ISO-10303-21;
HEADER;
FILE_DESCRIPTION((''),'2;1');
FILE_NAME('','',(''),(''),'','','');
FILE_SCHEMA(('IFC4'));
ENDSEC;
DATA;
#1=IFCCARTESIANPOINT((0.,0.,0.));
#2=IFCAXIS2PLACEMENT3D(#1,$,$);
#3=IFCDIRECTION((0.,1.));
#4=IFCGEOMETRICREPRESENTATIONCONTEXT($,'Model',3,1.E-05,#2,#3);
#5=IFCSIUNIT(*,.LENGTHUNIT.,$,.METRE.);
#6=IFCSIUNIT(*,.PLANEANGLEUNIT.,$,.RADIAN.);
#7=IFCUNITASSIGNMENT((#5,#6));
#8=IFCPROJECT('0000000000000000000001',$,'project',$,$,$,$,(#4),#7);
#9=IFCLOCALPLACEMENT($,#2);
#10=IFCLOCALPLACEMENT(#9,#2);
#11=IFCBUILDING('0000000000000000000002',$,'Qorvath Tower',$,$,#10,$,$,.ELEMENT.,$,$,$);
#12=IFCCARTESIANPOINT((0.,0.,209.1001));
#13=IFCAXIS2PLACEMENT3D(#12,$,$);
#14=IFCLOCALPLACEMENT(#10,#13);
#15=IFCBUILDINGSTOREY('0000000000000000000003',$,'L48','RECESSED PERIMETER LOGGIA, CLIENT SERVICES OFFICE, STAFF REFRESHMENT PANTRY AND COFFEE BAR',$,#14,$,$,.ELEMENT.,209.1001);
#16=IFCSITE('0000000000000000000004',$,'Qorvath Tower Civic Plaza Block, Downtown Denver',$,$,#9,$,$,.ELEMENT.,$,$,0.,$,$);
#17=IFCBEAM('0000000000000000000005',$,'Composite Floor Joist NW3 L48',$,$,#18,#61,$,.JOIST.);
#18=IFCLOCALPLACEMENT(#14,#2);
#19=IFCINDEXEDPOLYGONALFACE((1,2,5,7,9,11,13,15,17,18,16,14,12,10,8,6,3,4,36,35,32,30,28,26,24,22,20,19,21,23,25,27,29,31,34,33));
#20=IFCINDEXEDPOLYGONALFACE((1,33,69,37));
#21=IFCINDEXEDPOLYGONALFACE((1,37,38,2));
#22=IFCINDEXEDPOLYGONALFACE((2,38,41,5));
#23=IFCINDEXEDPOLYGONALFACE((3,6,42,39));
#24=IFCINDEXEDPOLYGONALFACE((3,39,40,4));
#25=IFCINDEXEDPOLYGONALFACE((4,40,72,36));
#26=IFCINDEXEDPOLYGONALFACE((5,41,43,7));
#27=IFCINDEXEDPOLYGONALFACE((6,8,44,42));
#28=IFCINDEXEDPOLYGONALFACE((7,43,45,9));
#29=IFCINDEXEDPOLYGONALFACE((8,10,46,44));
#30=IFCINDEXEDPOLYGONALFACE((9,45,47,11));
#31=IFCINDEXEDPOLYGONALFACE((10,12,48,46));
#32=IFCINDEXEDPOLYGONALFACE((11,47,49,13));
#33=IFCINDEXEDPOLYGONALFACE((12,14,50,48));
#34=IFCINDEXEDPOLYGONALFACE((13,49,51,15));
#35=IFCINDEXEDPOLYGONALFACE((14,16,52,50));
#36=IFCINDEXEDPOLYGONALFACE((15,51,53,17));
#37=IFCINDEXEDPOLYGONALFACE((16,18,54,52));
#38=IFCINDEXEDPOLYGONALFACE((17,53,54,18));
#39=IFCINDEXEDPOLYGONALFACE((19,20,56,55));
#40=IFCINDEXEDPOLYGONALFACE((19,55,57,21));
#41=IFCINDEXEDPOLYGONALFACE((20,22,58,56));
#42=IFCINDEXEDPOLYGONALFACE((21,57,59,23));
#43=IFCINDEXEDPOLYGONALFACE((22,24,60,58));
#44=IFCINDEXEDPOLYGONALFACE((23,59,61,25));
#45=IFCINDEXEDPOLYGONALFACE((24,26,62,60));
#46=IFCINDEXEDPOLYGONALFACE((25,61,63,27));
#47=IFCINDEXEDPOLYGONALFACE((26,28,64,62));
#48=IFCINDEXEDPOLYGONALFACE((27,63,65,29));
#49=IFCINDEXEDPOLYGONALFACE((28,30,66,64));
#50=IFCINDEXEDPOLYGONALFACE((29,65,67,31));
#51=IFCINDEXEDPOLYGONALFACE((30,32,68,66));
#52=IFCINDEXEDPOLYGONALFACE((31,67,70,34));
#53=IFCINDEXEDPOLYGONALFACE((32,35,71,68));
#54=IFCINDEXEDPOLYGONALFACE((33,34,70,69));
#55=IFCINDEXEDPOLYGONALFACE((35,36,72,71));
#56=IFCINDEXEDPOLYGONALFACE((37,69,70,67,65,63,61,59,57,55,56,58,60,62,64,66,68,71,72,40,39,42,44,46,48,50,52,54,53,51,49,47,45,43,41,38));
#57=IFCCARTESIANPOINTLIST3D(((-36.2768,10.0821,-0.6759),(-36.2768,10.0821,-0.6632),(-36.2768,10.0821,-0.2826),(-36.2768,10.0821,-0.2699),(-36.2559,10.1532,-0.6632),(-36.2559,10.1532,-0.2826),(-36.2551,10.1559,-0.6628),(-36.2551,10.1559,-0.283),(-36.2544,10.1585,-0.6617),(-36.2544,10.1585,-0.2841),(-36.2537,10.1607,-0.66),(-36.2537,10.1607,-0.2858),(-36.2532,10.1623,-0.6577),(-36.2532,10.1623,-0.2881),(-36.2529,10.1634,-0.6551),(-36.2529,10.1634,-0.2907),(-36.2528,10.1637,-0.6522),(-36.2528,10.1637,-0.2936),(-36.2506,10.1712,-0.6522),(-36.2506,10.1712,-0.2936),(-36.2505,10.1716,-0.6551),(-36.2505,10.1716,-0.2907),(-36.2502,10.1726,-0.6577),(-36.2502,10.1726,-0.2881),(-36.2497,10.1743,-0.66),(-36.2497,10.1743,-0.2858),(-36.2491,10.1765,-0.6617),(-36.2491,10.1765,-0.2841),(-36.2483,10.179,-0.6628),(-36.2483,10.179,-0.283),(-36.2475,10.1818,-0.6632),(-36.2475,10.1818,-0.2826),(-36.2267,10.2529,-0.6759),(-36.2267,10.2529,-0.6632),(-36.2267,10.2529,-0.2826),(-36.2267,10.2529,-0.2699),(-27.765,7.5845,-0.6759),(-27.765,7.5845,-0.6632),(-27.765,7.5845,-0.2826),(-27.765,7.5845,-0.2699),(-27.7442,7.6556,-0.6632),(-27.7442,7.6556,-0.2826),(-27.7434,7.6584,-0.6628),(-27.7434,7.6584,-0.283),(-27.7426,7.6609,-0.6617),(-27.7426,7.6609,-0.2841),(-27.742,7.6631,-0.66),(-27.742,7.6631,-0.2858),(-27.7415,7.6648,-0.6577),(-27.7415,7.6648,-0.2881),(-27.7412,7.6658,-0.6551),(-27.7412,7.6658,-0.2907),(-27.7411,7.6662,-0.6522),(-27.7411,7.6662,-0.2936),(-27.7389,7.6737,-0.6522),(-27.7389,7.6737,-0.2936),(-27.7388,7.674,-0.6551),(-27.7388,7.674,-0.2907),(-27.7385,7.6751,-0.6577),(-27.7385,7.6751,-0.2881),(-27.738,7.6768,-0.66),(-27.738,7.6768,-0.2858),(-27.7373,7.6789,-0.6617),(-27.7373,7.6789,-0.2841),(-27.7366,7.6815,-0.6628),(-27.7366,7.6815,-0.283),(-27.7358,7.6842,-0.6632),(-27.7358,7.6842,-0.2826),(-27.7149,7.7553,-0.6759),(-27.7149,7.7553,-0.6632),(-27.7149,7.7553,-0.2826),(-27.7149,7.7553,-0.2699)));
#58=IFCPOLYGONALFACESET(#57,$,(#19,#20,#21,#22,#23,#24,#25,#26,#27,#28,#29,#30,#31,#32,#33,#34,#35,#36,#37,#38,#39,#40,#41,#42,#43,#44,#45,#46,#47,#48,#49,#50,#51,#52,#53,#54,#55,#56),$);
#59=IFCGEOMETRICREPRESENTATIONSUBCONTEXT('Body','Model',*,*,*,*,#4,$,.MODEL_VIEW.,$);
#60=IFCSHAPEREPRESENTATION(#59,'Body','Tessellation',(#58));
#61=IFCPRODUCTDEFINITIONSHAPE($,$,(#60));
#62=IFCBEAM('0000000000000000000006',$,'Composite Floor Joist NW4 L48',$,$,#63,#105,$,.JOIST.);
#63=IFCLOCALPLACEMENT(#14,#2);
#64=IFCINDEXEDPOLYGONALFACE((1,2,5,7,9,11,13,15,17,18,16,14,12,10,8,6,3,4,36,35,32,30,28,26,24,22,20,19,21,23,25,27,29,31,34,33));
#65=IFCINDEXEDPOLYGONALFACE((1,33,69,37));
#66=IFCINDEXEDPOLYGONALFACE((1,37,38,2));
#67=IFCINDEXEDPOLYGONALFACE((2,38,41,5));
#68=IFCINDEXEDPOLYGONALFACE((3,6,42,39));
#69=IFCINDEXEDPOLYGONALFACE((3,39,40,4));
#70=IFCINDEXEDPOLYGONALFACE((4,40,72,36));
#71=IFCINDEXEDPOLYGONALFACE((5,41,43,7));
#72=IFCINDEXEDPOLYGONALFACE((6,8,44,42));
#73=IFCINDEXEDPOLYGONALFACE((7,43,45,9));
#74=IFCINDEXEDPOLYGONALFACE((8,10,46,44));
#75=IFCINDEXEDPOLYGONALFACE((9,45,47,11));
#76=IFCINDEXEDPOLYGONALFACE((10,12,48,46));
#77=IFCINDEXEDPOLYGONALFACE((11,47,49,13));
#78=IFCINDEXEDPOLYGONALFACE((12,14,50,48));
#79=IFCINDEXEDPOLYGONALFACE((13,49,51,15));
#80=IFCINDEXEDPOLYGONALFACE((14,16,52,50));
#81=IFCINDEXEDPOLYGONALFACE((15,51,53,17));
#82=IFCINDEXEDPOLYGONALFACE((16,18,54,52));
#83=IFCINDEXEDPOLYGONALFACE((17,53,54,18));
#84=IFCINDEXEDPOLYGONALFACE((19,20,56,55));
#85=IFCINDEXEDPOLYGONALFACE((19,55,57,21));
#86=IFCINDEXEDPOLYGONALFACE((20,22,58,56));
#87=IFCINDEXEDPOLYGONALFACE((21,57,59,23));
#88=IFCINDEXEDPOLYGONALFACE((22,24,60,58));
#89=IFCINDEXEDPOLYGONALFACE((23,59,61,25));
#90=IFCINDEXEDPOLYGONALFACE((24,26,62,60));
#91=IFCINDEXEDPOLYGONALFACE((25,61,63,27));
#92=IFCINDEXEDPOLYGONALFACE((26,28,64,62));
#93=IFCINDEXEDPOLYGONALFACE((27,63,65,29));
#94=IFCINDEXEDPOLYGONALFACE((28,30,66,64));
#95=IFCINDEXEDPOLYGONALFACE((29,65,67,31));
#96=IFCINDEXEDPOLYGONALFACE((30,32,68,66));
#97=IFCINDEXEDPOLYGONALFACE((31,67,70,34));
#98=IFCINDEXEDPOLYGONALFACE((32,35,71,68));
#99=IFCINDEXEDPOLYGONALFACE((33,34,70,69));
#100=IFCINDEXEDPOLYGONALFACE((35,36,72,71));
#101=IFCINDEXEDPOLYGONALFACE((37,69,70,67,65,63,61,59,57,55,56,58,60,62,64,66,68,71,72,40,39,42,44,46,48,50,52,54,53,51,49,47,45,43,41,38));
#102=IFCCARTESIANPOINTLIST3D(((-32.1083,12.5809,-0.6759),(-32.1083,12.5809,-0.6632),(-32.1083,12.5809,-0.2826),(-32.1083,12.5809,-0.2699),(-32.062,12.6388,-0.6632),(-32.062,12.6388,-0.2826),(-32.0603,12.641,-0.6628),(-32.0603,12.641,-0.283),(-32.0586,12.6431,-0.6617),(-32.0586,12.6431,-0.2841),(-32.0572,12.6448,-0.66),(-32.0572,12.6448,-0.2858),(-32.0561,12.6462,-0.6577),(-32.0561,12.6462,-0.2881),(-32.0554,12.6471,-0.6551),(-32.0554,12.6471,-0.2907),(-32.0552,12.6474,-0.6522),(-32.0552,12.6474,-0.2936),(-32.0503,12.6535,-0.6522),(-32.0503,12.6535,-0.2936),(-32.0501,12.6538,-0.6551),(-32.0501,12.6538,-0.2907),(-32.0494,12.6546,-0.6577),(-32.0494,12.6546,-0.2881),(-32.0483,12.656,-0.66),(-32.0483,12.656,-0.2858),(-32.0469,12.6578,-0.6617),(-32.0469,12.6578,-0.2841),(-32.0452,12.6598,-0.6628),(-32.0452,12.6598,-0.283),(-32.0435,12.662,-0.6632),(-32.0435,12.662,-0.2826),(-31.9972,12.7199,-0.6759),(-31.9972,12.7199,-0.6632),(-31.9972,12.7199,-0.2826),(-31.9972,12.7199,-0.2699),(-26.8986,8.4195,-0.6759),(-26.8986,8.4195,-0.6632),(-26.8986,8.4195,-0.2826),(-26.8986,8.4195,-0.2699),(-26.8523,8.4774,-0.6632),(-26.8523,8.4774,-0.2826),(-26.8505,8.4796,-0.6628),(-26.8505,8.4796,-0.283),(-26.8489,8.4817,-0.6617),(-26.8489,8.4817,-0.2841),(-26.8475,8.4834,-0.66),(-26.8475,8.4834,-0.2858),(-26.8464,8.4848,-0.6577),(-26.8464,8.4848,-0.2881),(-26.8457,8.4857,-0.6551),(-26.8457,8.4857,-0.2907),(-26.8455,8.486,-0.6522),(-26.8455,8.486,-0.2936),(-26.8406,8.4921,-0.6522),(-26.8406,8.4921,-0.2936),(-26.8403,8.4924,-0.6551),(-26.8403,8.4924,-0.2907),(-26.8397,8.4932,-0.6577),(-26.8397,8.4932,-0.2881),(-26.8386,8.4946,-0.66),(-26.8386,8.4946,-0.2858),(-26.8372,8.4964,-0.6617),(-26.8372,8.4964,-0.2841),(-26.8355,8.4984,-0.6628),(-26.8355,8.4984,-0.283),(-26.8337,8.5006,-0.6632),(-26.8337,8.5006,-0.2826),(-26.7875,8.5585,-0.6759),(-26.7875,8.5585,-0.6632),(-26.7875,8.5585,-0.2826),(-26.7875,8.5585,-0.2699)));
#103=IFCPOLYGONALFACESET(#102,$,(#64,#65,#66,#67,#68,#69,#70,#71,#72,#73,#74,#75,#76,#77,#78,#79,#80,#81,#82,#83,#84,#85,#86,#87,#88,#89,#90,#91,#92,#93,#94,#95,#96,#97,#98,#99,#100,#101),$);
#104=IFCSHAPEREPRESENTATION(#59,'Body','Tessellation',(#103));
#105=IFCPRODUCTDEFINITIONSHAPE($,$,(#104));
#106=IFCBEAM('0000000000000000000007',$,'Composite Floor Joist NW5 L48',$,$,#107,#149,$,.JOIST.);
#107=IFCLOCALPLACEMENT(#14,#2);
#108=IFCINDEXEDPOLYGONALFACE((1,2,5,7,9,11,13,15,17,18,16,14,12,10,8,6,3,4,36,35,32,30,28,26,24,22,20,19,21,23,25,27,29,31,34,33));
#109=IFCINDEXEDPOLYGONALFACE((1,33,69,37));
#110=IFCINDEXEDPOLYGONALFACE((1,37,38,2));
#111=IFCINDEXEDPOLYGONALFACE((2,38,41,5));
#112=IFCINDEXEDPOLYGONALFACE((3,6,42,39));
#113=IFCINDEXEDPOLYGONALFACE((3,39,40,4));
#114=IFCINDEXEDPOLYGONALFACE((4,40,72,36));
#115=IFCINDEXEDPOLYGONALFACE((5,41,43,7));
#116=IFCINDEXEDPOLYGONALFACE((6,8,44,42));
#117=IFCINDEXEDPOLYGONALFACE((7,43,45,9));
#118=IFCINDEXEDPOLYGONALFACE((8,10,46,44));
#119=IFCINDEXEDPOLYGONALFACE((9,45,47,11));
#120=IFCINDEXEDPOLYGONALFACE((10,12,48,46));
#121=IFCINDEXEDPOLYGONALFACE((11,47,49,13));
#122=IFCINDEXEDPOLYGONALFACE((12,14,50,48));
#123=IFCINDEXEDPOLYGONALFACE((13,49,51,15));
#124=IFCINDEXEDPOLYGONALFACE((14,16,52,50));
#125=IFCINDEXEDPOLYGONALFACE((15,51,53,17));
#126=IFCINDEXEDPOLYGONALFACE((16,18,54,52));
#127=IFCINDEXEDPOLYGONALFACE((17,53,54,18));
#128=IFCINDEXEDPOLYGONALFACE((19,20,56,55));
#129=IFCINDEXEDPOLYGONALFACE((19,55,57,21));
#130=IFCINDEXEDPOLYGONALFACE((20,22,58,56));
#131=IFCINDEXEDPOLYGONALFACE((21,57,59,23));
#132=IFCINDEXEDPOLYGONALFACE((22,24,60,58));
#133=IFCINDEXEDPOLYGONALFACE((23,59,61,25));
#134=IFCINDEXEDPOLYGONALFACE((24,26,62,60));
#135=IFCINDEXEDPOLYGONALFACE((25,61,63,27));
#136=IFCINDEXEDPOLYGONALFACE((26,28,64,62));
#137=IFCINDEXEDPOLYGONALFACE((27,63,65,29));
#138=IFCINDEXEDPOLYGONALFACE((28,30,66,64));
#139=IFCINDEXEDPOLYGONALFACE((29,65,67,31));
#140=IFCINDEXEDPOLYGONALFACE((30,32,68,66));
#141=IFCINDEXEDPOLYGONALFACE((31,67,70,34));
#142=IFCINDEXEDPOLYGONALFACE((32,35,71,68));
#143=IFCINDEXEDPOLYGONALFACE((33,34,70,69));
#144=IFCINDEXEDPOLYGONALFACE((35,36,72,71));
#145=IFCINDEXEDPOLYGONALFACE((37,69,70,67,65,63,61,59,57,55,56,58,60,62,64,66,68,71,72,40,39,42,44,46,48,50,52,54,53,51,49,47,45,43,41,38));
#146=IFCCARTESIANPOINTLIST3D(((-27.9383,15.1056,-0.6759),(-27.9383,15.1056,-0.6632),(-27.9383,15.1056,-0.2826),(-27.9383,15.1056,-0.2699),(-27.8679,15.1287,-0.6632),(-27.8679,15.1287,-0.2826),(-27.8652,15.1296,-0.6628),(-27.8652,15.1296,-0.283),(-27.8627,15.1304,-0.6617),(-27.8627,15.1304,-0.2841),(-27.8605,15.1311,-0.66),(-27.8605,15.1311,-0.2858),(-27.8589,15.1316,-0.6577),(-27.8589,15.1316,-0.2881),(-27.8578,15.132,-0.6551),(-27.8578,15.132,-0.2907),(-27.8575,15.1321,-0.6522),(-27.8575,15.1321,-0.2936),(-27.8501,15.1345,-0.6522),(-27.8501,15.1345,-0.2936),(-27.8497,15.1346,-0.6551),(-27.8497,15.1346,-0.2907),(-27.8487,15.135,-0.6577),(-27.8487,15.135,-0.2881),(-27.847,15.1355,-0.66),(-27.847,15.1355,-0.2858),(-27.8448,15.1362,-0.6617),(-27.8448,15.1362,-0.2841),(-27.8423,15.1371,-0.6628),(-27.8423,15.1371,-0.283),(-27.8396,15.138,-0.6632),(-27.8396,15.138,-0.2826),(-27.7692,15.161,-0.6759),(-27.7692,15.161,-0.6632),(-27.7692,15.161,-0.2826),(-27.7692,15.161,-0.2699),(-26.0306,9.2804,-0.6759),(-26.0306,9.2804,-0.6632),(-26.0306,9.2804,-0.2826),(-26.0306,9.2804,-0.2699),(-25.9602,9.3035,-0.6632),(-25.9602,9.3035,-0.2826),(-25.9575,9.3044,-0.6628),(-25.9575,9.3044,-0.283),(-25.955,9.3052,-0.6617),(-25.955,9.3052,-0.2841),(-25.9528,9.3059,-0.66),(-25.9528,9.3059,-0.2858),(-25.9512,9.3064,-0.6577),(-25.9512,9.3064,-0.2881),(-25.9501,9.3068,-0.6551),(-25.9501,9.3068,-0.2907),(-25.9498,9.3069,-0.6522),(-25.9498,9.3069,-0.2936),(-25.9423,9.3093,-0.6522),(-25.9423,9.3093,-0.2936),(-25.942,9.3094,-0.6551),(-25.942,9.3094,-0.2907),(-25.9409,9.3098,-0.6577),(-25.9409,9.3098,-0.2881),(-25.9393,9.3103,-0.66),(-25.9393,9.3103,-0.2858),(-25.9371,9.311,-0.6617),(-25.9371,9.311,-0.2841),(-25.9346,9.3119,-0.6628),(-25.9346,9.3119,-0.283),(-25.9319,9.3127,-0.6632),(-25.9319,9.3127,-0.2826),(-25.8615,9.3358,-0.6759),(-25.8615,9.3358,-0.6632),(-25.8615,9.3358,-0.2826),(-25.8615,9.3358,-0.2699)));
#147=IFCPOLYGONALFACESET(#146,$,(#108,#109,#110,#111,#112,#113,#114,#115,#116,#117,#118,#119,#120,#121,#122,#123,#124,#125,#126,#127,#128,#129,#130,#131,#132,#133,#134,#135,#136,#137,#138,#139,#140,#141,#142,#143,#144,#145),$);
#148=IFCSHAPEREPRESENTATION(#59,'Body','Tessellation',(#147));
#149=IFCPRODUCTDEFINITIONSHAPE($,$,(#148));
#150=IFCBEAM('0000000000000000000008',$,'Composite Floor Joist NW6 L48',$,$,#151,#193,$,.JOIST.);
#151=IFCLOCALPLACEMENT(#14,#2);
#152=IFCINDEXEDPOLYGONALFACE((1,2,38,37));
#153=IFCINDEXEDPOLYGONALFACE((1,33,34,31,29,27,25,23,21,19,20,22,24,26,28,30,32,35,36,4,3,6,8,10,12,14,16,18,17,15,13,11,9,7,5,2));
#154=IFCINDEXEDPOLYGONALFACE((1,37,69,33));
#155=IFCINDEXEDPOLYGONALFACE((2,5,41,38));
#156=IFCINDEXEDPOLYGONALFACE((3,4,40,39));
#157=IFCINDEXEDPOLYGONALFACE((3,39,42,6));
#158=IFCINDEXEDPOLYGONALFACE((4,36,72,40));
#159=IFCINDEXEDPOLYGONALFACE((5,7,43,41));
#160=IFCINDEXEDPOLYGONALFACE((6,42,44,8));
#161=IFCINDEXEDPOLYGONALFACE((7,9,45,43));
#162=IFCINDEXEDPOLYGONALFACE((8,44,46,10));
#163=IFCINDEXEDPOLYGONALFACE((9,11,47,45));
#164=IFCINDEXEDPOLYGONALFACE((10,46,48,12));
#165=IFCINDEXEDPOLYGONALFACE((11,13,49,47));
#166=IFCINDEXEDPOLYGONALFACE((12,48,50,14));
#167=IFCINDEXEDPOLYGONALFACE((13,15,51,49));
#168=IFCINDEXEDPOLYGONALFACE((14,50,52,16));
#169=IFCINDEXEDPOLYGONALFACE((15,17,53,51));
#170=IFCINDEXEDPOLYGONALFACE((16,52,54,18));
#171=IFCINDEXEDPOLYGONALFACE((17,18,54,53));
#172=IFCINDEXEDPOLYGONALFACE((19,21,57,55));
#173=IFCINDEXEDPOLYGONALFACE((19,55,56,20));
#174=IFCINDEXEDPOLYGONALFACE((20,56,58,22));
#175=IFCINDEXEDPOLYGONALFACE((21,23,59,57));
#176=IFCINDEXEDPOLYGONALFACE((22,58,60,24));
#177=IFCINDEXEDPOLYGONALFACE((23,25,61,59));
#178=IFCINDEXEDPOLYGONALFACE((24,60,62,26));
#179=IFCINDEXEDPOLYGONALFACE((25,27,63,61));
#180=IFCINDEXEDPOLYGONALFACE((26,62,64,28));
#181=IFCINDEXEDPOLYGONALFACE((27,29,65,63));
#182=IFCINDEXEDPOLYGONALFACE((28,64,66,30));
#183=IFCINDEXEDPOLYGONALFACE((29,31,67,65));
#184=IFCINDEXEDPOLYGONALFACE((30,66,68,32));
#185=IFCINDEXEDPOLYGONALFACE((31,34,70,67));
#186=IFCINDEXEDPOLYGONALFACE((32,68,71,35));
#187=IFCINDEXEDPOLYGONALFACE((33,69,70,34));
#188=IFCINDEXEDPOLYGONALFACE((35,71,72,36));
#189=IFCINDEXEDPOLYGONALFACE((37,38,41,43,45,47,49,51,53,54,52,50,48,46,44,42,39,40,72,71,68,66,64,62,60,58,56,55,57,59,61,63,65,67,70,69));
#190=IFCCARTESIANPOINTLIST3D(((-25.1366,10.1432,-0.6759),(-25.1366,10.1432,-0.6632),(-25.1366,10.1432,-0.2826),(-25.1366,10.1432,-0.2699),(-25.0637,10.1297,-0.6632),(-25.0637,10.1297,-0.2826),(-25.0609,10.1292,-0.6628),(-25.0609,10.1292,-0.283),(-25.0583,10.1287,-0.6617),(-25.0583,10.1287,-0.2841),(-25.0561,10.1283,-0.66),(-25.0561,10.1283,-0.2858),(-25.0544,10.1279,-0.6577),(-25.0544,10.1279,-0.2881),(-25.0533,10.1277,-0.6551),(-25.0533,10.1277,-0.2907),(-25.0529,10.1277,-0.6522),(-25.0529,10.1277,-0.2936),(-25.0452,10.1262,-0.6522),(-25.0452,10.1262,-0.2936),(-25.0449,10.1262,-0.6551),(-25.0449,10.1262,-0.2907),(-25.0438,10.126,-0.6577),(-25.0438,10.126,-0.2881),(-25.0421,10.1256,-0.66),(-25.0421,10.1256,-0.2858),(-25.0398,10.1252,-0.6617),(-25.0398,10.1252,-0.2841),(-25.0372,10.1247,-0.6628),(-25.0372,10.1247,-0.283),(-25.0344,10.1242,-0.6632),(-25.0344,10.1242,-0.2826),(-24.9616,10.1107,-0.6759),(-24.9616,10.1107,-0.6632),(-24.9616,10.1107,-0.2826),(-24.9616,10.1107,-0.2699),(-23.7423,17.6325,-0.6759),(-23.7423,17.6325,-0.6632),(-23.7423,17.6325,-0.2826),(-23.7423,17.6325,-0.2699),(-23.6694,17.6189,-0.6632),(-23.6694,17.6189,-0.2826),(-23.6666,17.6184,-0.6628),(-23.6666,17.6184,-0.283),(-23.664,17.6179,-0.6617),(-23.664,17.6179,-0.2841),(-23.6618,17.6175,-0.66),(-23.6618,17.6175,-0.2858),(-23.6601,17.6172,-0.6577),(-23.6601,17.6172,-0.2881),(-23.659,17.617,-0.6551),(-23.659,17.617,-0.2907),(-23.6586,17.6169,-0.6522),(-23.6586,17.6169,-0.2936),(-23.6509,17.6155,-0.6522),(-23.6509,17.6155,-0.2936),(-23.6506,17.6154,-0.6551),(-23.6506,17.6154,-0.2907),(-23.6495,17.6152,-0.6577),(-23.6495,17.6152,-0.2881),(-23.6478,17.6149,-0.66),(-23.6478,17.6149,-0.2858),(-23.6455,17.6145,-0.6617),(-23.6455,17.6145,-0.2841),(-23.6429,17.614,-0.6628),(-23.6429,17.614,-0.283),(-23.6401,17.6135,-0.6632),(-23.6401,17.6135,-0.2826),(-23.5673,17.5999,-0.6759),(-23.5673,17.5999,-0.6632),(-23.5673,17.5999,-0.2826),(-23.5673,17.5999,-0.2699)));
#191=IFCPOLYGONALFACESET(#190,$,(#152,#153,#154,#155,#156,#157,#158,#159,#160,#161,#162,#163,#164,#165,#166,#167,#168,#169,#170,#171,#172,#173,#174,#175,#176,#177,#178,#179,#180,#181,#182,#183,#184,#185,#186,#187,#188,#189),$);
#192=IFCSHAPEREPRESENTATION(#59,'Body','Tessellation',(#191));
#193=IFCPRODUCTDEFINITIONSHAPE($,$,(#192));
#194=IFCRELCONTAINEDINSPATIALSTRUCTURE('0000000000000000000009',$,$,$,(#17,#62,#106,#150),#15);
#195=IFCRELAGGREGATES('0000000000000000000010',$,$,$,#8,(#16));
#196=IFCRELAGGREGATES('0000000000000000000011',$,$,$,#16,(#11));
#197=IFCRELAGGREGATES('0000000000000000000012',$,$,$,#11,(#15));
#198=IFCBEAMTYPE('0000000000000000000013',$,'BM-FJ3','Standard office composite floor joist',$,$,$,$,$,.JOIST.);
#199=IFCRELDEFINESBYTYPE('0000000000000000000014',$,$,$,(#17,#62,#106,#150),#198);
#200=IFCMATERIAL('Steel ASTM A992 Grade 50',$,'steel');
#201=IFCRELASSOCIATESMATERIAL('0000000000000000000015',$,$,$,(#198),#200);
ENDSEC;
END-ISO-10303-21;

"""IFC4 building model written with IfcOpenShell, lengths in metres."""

from ifc_helpers import new_model, si_unit, direction, frame, origin, origin_2d, place, context, subcontext, project, spatial, i_section, extrude, material, material_profile, profile_set, type_object, element, save


model = new_model("IFC4")

# Units and contexts
model_context = context("Model", 3, precision=1e-05, world=origin(), true_north=direction((0.0, 1.0)))
body_context = subcontext(model_context, "Body", "Model", "MODEL_VIEW")
ifc_project = project(units=[si_unit("LENGTHUNIT", "METRE"), si_unit("PLANEANGLEUNIT", "RADIAN")], contexts=[model_context])

# Site, building, storey
site_placement = place(None, origin())
site = spatial("IfcSite", under=ifc_project, at=site_placement, Name="Qorvath Tower Civic Plaza Block, Downtown Denver", CompositionType="ELEMENT", RefElevation=0.0)
building_placement = place(site_placement, origin())
building = spatial("IfcBuilding", under=site, at=building_placement, Name="Qorvath Tower", CompositionType="ELEMENT")
storey_placement = place(building_placement, frame((0.0, 0.0, 209.1001)))
storey = spatial("IfcBuildingStorey", under=building, at=storey_placement, Name="L48", Description="RECESSED PERIMETER LOGGIA, CLIENT SERVICES OFFICE, STAFF REFRESHMENT PANTRY AND COFFEE BAR", CompositionType="ELEMENT", Elevation=209.1001)

# Beams
ifc_material_1 = material(Name="Steel ASTM A992 Grade 50", Category="steel")
ifc_material_profile_1 = material_profile(ifc_material_1, i_section(OverallWidth=0.178, OverallDepth=0.406, WebThickness=0.0078, FlangeThickness=0.0127, FilletRadius=0.011, at=origin_2d()), Name="W16x40")
ifc_profile_set_1 = profile_set([ifc_material_profile_1], Name="Steel ASTM A992 Grade 50")
beam_type_1 = type_object("IfcBeamType", Name="BM-FJ3", Description="Standard office composite floor joist", PredefinedType="JOIST", material=ifc_profile_set_1)
beam_1_placement = place(storey_placement, frame((-27.74, 7.6699, -0.4729), z_axis=(-0.959545, 0.281555, 0.0), x_axis=(-0.281555, -0.959545, 0.0)))
element("IfcBeam", 1, at=beam_1_placement, inside=storey, type_object=beam_type_1, Name="Composite Floor Joist NW3 L48", PredefinedType="JOIST", context=body_context, shape_type="SweptSolid", body=[
    extrude(i_section(OverallWidth=0.178, OverallDepth=0.406, WebThickness=0.0078, FlangeThickness=0.0127, FilletRadius=0.011, at=origin_2d()), origin(), (0.0, 0.0, 1.0), 8.8706),
])
beam_2_placement = place(storey_placement, frame((-26.843, 8.489, -0.4729), z_axis=(-0.781337, 0.62411, 0.0), x_axis=(-0.62411, -0.781337, 0.0)))
element("IfcBeam", 2, at=beam_2_placement, inside=storey, type_object=beam_type_1, Name="Composite Floor Joist NW4 L48", PredefinedType="JOIST", context=body_context, shape_type="SweptSolid", body=[
    extrude(i_section(OverallWidth=0.178, OverallDepth=0.406, WebThickness=0.0078, FlangeThickness=0.0127, FilletRadius=0.011, at=origin_2d()), origin(), (0.0, 0.0, 1.0), 6.6677),
])
beam_3_placement = place(storey_placement, frame((-25.946, 9.3081, -0.4729), z_axis=(-0.311229, 0.950335, 0.0), x_axis=(-0.950335, -0.311229, 0.0)))
element("IfcBeam", 3, at=beam_3_placement, inside=storey, type_object=beam_type_1, Name="Composite Floor Joist NW5 L48", PredefinedType="JOIST", context=body_context, shape_type="SweptSolid", body=[
    extrude(i_section(OverallWidth=0.178, OverallDepth=0.406, WebThickness=0.0078, FlangeThickness=0.0127, FilletRadius=0.011, at=origin_2d()), origin(), (0.0, 0.0, 1.0), 6.1296),
])
beam_4_placement = place(storey_placement, frame((-25.0491, 10.127, -0.4729), z_axis=(0.183027, 0.983108, 0.0), x_axis=(-0.983108, 0.183027, 0.0)))
element("IfcBeam", 4, at=beam_4_placement, inside=storey, type_object=beam_type_1, Name="Composite Floor Joist NW6 L48", PredefinedType="JOIST", context=body_context, shape_type="SweptSolid", body=[
    extrude(i_section(OverallWidth=0.178, OverallDepth=0.406, WebThickness=0.0078, FlangeThickness=0.0127, FilletRadius=0.011, at=origin_2d()), origin(), (0.0, 0.0, 1.0), 7.6179),
])

save(model, "model.ifc")
